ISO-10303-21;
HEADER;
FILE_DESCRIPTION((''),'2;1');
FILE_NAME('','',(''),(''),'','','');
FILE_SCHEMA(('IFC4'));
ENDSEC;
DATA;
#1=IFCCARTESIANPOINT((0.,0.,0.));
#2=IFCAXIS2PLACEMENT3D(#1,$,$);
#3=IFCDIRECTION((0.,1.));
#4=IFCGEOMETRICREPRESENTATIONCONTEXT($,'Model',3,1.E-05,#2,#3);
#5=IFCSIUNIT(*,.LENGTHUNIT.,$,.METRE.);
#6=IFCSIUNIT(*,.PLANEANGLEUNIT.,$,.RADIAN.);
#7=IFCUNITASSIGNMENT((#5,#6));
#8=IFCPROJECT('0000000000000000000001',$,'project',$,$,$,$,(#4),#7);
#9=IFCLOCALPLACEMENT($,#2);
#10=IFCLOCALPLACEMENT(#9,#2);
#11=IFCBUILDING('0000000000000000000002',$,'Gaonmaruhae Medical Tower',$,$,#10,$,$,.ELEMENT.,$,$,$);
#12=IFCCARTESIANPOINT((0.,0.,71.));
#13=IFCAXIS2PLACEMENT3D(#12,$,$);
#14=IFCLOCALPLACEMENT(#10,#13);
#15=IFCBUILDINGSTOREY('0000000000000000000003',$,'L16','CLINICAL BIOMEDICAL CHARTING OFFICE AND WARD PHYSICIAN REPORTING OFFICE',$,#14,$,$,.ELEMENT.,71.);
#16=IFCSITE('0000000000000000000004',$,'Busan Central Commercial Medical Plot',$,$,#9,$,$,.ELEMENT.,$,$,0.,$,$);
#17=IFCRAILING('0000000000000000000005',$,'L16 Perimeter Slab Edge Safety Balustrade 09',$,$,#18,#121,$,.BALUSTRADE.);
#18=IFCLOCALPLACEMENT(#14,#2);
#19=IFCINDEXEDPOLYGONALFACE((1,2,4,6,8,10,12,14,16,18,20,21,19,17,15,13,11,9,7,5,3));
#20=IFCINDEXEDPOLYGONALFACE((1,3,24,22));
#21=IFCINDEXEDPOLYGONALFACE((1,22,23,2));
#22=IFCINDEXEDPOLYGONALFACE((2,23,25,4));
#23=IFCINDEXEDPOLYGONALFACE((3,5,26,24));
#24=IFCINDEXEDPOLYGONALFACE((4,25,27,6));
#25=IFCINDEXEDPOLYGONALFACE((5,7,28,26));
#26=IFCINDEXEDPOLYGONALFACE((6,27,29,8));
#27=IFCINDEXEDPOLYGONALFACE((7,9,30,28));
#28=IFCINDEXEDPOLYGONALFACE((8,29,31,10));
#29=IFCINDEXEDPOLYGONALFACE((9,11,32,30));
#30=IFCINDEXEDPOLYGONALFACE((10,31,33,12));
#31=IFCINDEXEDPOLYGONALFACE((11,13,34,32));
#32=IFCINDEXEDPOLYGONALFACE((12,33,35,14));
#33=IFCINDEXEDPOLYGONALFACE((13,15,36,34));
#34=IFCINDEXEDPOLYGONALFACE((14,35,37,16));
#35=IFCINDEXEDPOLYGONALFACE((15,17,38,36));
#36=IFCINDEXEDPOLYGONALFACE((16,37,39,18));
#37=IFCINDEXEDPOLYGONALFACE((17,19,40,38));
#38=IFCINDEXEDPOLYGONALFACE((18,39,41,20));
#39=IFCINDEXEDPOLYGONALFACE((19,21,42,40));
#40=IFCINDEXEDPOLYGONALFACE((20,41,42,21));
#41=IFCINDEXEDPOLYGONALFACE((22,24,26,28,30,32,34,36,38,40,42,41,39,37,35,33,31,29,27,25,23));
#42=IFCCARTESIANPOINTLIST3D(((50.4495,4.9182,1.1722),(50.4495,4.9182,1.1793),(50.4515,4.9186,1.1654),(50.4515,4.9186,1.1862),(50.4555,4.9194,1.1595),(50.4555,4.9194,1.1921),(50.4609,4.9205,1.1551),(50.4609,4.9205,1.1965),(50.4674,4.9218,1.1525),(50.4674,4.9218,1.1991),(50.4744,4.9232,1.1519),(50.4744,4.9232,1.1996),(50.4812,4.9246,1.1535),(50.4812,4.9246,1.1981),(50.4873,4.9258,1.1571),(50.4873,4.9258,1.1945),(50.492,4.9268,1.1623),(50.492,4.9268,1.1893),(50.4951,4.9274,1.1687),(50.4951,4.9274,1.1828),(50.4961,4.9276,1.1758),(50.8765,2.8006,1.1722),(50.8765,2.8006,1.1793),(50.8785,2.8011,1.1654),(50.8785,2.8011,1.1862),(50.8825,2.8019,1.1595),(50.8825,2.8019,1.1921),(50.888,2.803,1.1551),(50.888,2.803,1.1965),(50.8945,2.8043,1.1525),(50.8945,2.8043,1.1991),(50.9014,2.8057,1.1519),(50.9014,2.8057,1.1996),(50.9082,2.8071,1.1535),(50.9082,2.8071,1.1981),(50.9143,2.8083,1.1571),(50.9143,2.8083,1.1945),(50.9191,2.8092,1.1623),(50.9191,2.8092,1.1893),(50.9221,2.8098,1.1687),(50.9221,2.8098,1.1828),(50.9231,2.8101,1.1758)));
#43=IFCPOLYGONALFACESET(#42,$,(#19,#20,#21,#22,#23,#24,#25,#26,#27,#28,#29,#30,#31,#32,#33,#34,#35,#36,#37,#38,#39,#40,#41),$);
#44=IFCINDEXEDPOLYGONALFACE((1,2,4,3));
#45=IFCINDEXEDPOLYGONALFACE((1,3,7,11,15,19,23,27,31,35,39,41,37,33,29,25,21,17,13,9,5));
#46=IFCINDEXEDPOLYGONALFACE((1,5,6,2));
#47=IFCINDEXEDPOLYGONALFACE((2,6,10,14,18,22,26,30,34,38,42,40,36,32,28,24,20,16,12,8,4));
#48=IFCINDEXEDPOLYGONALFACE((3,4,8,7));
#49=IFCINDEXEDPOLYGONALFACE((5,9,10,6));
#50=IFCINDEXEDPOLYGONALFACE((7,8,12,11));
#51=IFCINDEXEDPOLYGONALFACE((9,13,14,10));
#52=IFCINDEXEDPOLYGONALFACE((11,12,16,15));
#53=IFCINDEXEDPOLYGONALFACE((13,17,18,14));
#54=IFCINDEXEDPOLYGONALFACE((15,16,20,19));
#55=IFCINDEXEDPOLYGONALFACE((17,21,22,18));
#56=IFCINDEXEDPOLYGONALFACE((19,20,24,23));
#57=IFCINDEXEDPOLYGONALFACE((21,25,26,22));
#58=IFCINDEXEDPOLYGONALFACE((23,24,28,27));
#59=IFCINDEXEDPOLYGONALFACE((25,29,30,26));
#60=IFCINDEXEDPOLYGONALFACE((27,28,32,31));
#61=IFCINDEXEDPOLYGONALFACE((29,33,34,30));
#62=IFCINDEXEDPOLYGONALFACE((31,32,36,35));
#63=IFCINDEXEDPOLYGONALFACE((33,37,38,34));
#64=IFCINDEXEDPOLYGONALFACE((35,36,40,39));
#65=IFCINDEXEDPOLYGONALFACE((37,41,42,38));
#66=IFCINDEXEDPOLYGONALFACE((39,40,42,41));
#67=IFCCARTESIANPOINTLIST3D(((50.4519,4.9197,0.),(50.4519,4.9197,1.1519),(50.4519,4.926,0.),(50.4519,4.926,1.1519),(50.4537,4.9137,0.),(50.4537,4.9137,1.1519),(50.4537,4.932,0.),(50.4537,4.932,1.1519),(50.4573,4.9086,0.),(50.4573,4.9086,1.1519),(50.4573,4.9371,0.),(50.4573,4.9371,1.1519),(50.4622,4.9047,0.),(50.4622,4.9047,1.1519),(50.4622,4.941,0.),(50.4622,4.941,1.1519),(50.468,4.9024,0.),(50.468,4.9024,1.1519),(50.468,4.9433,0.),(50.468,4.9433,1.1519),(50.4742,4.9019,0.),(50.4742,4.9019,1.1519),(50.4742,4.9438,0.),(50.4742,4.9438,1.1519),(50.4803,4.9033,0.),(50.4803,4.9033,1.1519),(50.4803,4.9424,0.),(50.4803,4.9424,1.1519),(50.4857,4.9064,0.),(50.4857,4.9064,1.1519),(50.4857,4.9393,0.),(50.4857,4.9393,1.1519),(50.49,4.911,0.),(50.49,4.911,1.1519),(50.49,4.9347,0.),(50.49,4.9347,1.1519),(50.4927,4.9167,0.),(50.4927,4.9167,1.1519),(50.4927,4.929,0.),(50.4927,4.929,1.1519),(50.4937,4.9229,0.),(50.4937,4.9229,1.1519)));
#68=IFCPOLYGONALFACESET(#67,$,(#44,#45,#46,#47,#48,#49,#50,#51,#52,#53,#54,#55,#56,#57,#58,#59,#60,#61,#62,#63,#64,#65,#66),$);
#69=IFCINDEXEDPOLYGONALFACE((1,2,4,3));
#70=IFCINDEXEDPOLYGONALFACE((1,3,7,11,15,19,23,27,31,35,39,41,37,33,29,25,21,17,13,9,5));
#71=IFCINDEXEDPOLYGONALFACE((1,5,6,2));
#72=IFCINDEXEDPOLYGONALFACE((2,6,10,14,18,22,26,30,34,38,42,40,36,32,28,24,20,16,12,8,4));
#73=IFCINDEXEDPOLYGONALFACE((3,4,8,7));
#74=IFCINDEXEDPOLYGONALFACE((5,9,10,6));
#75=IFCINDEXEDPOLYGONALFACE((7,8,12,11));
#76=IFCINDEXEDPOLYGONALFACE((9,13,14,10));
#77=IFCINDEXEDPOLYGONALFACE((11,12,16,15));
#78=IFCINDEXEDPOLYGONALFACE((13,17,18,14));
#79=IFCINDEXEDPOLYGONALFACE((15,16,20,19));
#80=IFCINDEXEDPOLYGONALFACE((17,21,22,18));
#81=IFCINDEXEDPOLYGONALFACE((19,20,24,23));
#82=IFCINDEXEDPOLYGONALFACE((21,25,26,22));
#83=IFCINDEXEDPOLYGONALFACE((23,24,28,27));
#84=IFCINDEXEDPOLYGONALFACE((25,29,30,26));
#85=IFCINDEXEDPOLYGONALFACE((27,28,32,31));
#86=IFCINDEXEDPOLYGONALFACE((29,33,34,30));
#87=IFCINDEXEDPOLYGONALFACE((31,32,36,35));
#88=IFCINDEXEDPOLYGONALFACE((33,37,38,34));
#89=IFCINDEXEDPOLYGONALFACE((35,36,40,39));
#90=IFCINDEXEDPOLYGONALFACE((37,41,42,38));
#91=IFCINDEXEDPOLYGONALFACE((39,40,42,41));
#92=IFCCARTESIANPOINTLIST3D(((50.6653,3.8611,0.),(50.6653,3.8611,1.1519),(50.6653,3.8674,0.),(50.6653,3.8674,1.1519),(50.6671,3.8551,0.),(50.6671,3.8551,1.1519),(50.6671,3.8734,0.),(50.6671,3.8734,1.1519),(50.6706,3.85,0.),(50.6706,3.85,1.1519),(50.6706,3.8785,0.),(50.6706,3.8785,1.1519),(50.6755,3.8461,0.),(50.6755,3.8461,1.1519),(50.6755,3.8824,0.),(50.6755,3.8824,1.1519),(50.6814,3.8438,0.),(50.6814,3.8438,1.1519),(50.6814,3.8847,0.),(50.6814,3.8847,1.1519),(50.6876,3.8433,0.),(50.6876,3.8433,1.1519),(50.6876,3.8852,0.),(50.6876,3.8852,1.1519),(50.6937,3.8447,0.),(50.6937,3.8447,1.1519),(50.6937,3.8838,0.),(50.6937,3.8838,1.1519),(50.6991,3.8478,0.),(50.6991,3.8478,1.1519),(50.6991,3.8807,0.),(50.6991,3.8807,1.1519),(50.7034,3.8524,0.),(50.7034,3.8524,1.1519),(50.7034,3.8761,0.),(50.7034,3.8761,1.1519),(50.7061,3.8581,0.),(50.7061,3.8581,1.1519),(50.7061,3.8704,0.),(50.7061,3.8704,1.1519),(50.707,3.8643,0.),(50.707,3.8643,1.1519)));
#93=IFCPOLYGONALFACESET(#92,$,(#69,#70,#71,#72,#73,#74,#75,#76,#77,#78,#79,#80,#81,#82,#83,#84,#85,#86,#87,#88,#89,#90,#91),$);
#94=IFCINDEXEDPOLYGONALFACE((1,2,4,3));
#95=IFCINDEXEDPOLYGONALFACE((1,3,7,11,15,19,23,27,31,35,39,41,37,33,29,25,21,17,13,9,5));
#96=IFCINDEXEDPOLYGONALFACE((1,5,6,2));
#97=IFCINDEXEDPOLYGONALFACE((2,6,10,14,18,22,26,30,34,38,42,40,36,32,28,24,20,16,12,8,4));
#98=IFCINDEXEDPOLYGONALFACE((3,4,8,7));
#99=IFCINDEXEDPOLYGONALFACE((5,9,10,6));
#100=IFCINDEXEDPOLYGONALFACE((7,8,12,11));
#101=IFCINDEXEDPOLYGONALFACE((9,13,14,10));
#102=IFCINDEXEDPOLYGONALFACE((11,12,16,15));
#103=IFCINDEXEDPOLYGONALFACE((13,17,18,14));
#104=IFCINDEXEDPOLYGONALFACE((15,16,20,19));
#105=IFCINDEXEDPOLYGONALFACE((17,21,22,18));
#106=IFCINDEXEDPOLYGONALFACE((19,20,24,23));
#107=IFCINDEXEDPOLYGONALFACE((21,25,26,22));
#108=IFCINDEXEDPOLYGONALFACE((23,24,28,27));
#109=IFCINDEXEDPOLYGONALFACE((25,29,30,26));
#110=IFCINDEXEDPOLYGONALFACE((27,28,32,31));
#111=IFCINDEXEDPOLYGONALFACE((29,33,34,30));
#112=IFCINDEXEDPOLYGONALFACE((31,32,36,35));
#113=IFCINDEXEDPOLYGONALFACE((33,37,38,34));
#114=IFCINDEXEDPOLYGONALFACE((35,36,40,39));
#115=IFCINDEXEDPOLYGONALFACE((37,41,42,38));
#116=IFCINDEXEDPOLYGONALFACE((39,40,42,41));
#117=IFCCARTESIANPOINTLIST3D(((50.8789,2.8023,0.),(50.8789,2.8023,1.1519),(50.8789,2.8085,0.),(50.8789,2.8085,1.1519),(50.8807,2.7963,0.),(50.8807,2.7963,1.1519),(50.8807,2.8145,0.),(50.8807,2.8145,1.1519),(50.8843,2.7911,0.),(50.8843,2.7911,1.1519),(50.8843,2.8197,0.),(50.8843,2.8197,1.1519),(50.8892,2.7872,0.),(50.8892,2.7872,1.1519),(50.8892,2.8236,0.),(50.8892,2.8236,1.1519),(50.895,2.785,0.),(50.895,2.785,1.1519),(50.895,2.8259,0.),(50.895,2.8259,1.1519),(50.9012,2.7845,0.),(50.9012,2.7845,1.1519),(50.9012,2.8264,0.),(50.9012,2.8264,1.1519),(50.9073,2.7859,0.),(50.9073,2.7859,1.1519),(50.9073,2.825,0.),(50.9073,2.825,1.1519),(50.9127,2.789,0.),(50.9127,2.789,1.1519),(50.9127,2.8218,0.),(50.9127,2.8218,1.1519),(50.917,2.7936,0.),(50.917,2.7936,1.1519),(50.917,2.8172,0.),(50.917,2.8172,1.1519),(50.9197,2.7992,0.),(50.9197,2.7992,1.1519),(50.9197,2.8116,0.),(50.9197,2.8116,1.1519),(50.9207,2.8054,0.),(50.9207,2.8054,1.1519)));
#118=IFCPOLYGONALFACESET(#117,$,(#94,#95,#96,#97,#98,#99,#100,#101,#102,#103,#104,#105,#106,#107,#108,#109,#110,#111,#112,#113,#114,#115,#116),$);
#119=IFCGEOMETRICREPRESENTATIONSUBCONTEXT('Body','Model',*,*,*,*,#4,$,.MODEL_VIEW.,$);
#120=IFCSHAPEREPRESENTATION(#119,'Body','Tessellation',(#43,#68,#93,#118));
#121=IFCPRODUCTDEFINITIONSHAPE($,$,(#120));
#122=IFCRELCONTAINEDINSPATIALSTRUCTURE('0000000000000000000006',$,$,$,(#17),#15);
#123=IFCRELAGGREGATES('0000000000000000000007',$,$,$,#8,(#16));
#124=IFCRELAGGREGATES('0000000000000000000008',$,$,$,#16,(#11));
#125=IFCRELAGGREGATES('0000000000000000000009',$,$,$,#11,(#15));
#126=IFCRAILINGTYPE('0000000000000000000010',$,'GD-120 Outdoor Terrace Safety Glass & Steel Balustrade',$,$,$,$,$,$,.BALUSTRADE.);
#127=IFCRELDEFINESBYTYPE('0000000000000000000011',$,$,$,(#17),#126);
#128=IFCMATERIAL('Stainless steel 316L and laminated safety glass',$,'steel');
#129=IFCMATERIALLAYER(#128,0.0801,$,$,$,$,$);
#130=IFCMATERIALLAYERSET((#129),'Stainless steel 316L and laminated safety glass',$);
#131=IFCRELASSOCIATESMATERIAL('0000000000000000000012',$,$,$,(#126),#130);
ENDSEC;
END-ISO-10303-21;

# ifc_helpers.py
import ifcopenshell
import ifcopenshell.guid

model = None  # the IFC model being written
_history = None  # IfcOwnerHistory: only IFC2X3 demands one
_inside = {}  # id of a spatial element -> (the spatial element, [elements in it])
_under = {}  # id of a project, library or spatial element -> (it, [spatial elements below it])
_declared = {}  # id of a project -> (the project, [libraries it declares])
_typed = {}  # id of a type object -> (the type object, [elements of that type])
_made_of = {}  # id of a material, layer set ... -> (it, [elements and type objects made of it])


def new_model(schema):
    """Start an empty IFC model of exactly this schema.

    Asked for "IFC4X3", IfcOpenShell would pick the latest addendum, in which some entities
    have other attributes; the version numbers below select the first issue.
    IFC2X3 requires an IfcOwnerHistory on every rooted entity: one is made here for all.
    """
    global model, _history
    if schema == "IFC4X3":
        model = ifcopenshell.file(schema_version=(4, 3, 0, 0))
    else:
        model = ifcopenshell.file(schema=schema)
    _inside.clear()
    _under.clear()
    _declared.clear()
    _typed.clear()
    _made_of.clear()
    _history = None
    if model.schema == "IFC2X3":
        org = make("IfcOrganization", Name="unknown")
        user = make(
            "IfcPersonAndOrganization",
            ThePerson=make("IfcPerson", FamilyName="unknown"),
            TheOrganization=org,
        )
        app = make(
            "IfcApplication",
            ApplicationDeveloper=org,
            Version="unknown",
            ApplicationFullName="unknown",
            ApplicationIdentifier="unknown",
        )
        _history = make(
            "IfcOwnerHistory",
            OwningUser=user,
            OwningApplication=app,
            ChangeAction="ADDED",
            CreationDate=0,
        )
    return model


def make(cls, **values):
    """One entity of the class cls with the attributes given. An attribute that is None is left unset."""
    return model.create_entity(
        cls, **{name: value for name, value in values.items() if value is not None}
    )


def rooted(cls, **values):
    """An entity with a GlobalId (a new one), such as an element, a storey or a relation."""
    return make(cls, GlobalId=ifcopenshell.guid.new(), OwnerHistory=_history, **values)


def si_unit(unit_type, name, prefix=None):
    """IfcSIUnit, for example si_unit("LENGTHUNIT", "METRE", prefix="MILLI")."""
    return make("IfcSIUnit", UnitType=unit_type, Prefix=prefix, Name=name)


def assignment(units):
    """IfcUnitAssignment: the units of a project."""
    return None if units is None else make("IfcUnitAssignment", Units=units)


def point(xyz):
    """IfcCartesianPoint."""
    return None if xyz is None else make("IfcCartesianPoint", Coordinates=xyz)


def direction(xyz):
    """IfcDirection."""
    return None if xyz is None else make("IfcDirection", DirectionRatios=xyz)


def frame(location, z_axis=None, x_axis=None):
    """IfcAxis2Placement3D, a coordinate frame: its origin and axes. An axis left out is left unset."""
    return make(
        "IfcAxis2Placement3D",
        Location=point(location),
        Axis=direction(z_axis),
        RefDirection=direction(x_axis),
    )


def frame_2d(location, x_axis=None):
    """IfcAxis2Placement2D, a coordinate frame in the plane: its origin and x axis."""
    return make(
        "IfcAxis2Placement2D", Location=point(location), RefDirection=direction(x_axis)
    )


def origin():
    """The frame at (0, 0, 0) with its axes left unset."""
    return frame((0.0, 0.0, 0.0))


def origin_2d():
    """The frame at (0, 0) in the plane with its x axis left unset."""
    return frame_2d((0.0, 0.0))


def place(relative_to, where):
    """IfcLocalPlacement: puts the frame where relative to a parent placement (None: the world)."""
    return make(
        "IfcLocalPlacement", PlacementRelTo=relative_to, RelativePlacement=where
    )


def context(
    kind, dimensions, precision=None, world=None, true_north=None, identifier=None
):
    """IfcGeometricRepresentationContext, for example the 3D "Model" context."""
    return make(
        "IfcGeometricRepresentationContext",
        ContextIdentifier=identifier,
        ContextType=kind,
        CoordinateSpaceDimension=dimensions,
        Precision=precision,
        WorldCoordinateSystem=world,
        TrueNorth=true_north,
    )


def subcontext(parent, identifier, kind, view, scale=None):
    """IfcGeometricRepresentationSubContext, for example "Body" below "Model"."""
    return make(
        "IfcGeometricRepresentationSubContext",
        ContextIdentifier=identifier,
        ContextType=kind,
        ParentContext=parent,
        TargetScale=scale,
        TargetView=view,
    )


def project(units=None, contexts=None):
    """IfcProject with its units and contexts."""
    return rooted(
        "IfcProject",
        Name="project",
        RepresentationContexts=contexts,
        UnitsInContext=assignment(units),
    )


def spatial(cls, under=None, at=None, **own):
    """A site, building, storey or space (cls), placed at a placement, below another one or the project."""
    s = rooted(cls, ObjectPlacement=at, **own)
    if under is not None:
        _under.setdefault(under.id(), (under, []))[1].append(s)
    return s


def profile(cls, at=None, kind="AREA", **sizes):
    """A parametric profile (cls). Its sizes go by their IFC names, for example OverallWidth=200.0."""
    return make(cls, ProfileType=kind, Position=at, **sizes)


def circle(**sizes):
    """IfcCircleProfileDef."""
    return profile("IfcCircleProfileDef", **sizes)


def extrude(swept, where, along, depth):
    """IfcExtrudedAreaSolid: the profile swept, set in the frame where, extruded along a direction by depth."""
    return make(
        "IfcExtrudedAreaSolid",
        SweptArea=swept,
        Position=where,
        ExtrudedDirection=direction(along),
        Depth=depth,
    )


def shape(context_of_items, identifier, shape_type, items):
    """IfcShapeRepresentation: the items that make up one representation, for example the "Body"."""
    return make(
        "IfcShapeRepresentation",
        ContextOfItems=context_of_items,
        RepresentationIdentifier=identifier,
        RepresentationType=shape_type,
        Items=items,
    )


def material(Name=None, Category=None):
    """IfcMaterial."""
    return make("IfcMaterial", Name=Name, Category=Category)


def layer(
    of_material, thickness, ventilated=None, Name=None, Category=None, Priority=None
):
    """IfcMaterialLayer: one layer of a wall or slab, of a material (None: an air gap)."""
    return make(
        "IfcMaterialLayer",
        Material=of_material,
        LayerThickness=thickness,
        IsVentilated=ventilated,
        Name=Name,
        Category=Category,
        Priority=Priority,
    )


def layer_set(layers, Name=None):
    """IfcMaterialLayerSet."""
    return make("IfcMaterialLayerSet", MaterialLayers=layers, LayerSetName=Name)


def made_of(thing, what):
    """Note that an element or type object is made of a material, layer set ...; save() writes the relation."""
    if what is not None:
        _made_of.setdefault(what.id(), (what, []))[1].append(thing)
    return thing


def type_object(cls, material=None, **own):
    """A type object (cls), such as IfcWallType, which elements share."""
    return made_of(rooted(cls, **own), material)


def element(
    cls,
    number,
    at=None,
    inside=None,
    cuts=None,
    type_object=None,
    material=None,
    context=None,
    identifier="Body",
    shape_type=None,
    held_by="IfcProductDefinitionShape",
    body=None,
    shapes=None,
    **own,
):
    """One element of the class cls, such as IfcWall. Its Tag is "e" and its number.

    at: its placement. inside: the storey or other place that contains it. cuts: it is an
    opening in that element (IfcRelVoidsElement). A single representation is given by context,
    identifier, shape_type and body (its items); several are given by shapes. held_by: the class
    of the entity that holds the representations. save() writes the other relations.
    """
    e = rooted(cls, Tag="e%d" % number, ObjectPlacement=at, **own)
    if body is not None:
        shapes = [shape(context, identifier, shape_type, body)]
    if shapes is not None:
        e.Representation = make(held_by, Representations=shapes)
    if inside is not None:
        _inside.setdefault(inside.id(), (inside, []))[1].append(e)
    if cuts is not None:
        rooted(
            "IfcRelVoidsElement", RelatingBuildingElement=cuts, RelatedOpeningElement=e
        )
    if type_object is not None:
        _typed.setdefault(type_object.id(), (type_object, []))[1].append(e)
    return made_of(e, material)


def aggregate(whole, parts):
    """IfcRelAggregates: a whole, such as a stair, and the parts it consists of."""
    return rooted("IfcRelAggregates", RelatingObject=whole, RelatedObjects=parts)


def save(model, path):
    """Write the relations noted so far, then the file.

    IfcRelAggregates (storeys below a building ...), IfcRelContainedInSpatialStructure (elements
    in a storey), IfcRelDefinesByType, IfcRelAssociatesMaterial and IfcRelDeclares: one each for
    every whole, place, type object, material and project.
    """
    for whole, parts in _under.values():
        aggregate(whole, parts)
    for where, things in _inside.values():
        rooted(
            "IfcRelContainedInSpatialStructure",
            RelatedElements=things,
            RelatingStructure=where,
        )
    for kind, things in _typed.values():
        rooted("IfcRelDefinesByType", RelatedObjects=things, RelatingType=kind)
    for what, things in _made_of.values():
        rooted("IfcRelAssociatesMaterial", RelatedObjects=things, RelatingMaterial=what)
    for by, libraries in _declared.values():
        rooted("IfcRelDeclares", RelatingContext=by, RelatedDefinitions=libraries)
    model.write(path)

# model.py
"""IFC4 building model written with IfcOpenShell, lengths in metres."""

from ifc_helpers import new_model, si_unit, direction, frame, origin, origin_2d, place, context, subcontext, project, spatial, circle, extrude, material, layer, layer_set, type_object, element, save


model = new_model("IFC4")

# Units and contexts
model_context = context("Model", 3, precision=1e-05, world=origin(), true_north=direction((0.0, 1.0)))
body_context = subcontext(model_context, "Body", "Model", "MODEL_VIEW")
ifc_project = project(units=[si_unit("LENGTHUNIT", "METRE"), si_unit("PLANEANGLEUNIT", "RADIAN")], contexts=[model_context])

# Site, building, storey
site_placement = place(None, origin())
site = spatial("IfcSite", under=ifc_project, at=site_placement, Name="Busan Central Commercial Medical Plot", CompositionType="ELEMENT", RefElevation=0.0)
building_placement = place(site_placement, origin())
building = spatial("IfcBuilding", under=site, at=building_placement, Name="Gaonmaruhae Medical Tower", CompositionType="ELEMENT")
storey_placement = place(building_placement, frame((0.0, 0.0, 71.0)))
storey = spatial("IfcBuildingStorey", under=building, at=storey_placement, Name="L16", Description="CLINICAL BIOMEDICAL CHARTING OFFICE AND WARD PHYSICIAN REPORTING OFFICE", CompositionType="ELEMENT", Elevation=71.0)

# Railing
ifc_material_1 = material(Name="Stainless steel 316L and laminated safety glass", Category="steel")
ifc_layer_1 = layer(ifc_material_1, 0.0801)
ifc_layer_set_1 = layer_set([ifc_layer_1], Name="Stainless steel 316L and laminated safety glass")
railing_type = type_object("IfcRailingType", Name="GD-120 Outdoor Terrace Safety Glass & Steel Balustrade", PredefinedType="BALUSTRADE", material=ifc_layer_set_1)
railing_1_placement = place(storey_placement, frame((50.4727, 4.9229, 0.0)))
element("IfcRailing", 1, at=railing_1_placement, inside=storey, type_object=railing_type, Name="L16 Perimeter Slab Edge Safety Balustrade 09", PredefinedType="BALUSTRADE", context=body_context, shape_type="SweptSolid", body=[
    extrude(circle(Radius=0.0239, at=origin_2d()), frame((0.0, 0.0, 1.1758), z_axis=(0.197681, -0.980266, 0.0), x_axis=(0.980266, 0.197681, 0.0)), (0.0, 0.0, 1.0), 2.1602),
    extrude(circle(Radius=0.021, at=origin_2d()), origin(), (0.0, 0.0, 1.0), 1.1519),
    extrude(circle(Radius=0.021, at=origin_2d()), frame((0.2134, -1.0586, 0.0)), (0.0, 0.0, 1.0), 1.1519),
    extrude(circle(Radius=0.021, at=origin_2d()), frame((0.427, -2.1174, 0.0)), (0.0, 0.0, 1.0), 1.1519),
])

save(model, "model.ifc")
